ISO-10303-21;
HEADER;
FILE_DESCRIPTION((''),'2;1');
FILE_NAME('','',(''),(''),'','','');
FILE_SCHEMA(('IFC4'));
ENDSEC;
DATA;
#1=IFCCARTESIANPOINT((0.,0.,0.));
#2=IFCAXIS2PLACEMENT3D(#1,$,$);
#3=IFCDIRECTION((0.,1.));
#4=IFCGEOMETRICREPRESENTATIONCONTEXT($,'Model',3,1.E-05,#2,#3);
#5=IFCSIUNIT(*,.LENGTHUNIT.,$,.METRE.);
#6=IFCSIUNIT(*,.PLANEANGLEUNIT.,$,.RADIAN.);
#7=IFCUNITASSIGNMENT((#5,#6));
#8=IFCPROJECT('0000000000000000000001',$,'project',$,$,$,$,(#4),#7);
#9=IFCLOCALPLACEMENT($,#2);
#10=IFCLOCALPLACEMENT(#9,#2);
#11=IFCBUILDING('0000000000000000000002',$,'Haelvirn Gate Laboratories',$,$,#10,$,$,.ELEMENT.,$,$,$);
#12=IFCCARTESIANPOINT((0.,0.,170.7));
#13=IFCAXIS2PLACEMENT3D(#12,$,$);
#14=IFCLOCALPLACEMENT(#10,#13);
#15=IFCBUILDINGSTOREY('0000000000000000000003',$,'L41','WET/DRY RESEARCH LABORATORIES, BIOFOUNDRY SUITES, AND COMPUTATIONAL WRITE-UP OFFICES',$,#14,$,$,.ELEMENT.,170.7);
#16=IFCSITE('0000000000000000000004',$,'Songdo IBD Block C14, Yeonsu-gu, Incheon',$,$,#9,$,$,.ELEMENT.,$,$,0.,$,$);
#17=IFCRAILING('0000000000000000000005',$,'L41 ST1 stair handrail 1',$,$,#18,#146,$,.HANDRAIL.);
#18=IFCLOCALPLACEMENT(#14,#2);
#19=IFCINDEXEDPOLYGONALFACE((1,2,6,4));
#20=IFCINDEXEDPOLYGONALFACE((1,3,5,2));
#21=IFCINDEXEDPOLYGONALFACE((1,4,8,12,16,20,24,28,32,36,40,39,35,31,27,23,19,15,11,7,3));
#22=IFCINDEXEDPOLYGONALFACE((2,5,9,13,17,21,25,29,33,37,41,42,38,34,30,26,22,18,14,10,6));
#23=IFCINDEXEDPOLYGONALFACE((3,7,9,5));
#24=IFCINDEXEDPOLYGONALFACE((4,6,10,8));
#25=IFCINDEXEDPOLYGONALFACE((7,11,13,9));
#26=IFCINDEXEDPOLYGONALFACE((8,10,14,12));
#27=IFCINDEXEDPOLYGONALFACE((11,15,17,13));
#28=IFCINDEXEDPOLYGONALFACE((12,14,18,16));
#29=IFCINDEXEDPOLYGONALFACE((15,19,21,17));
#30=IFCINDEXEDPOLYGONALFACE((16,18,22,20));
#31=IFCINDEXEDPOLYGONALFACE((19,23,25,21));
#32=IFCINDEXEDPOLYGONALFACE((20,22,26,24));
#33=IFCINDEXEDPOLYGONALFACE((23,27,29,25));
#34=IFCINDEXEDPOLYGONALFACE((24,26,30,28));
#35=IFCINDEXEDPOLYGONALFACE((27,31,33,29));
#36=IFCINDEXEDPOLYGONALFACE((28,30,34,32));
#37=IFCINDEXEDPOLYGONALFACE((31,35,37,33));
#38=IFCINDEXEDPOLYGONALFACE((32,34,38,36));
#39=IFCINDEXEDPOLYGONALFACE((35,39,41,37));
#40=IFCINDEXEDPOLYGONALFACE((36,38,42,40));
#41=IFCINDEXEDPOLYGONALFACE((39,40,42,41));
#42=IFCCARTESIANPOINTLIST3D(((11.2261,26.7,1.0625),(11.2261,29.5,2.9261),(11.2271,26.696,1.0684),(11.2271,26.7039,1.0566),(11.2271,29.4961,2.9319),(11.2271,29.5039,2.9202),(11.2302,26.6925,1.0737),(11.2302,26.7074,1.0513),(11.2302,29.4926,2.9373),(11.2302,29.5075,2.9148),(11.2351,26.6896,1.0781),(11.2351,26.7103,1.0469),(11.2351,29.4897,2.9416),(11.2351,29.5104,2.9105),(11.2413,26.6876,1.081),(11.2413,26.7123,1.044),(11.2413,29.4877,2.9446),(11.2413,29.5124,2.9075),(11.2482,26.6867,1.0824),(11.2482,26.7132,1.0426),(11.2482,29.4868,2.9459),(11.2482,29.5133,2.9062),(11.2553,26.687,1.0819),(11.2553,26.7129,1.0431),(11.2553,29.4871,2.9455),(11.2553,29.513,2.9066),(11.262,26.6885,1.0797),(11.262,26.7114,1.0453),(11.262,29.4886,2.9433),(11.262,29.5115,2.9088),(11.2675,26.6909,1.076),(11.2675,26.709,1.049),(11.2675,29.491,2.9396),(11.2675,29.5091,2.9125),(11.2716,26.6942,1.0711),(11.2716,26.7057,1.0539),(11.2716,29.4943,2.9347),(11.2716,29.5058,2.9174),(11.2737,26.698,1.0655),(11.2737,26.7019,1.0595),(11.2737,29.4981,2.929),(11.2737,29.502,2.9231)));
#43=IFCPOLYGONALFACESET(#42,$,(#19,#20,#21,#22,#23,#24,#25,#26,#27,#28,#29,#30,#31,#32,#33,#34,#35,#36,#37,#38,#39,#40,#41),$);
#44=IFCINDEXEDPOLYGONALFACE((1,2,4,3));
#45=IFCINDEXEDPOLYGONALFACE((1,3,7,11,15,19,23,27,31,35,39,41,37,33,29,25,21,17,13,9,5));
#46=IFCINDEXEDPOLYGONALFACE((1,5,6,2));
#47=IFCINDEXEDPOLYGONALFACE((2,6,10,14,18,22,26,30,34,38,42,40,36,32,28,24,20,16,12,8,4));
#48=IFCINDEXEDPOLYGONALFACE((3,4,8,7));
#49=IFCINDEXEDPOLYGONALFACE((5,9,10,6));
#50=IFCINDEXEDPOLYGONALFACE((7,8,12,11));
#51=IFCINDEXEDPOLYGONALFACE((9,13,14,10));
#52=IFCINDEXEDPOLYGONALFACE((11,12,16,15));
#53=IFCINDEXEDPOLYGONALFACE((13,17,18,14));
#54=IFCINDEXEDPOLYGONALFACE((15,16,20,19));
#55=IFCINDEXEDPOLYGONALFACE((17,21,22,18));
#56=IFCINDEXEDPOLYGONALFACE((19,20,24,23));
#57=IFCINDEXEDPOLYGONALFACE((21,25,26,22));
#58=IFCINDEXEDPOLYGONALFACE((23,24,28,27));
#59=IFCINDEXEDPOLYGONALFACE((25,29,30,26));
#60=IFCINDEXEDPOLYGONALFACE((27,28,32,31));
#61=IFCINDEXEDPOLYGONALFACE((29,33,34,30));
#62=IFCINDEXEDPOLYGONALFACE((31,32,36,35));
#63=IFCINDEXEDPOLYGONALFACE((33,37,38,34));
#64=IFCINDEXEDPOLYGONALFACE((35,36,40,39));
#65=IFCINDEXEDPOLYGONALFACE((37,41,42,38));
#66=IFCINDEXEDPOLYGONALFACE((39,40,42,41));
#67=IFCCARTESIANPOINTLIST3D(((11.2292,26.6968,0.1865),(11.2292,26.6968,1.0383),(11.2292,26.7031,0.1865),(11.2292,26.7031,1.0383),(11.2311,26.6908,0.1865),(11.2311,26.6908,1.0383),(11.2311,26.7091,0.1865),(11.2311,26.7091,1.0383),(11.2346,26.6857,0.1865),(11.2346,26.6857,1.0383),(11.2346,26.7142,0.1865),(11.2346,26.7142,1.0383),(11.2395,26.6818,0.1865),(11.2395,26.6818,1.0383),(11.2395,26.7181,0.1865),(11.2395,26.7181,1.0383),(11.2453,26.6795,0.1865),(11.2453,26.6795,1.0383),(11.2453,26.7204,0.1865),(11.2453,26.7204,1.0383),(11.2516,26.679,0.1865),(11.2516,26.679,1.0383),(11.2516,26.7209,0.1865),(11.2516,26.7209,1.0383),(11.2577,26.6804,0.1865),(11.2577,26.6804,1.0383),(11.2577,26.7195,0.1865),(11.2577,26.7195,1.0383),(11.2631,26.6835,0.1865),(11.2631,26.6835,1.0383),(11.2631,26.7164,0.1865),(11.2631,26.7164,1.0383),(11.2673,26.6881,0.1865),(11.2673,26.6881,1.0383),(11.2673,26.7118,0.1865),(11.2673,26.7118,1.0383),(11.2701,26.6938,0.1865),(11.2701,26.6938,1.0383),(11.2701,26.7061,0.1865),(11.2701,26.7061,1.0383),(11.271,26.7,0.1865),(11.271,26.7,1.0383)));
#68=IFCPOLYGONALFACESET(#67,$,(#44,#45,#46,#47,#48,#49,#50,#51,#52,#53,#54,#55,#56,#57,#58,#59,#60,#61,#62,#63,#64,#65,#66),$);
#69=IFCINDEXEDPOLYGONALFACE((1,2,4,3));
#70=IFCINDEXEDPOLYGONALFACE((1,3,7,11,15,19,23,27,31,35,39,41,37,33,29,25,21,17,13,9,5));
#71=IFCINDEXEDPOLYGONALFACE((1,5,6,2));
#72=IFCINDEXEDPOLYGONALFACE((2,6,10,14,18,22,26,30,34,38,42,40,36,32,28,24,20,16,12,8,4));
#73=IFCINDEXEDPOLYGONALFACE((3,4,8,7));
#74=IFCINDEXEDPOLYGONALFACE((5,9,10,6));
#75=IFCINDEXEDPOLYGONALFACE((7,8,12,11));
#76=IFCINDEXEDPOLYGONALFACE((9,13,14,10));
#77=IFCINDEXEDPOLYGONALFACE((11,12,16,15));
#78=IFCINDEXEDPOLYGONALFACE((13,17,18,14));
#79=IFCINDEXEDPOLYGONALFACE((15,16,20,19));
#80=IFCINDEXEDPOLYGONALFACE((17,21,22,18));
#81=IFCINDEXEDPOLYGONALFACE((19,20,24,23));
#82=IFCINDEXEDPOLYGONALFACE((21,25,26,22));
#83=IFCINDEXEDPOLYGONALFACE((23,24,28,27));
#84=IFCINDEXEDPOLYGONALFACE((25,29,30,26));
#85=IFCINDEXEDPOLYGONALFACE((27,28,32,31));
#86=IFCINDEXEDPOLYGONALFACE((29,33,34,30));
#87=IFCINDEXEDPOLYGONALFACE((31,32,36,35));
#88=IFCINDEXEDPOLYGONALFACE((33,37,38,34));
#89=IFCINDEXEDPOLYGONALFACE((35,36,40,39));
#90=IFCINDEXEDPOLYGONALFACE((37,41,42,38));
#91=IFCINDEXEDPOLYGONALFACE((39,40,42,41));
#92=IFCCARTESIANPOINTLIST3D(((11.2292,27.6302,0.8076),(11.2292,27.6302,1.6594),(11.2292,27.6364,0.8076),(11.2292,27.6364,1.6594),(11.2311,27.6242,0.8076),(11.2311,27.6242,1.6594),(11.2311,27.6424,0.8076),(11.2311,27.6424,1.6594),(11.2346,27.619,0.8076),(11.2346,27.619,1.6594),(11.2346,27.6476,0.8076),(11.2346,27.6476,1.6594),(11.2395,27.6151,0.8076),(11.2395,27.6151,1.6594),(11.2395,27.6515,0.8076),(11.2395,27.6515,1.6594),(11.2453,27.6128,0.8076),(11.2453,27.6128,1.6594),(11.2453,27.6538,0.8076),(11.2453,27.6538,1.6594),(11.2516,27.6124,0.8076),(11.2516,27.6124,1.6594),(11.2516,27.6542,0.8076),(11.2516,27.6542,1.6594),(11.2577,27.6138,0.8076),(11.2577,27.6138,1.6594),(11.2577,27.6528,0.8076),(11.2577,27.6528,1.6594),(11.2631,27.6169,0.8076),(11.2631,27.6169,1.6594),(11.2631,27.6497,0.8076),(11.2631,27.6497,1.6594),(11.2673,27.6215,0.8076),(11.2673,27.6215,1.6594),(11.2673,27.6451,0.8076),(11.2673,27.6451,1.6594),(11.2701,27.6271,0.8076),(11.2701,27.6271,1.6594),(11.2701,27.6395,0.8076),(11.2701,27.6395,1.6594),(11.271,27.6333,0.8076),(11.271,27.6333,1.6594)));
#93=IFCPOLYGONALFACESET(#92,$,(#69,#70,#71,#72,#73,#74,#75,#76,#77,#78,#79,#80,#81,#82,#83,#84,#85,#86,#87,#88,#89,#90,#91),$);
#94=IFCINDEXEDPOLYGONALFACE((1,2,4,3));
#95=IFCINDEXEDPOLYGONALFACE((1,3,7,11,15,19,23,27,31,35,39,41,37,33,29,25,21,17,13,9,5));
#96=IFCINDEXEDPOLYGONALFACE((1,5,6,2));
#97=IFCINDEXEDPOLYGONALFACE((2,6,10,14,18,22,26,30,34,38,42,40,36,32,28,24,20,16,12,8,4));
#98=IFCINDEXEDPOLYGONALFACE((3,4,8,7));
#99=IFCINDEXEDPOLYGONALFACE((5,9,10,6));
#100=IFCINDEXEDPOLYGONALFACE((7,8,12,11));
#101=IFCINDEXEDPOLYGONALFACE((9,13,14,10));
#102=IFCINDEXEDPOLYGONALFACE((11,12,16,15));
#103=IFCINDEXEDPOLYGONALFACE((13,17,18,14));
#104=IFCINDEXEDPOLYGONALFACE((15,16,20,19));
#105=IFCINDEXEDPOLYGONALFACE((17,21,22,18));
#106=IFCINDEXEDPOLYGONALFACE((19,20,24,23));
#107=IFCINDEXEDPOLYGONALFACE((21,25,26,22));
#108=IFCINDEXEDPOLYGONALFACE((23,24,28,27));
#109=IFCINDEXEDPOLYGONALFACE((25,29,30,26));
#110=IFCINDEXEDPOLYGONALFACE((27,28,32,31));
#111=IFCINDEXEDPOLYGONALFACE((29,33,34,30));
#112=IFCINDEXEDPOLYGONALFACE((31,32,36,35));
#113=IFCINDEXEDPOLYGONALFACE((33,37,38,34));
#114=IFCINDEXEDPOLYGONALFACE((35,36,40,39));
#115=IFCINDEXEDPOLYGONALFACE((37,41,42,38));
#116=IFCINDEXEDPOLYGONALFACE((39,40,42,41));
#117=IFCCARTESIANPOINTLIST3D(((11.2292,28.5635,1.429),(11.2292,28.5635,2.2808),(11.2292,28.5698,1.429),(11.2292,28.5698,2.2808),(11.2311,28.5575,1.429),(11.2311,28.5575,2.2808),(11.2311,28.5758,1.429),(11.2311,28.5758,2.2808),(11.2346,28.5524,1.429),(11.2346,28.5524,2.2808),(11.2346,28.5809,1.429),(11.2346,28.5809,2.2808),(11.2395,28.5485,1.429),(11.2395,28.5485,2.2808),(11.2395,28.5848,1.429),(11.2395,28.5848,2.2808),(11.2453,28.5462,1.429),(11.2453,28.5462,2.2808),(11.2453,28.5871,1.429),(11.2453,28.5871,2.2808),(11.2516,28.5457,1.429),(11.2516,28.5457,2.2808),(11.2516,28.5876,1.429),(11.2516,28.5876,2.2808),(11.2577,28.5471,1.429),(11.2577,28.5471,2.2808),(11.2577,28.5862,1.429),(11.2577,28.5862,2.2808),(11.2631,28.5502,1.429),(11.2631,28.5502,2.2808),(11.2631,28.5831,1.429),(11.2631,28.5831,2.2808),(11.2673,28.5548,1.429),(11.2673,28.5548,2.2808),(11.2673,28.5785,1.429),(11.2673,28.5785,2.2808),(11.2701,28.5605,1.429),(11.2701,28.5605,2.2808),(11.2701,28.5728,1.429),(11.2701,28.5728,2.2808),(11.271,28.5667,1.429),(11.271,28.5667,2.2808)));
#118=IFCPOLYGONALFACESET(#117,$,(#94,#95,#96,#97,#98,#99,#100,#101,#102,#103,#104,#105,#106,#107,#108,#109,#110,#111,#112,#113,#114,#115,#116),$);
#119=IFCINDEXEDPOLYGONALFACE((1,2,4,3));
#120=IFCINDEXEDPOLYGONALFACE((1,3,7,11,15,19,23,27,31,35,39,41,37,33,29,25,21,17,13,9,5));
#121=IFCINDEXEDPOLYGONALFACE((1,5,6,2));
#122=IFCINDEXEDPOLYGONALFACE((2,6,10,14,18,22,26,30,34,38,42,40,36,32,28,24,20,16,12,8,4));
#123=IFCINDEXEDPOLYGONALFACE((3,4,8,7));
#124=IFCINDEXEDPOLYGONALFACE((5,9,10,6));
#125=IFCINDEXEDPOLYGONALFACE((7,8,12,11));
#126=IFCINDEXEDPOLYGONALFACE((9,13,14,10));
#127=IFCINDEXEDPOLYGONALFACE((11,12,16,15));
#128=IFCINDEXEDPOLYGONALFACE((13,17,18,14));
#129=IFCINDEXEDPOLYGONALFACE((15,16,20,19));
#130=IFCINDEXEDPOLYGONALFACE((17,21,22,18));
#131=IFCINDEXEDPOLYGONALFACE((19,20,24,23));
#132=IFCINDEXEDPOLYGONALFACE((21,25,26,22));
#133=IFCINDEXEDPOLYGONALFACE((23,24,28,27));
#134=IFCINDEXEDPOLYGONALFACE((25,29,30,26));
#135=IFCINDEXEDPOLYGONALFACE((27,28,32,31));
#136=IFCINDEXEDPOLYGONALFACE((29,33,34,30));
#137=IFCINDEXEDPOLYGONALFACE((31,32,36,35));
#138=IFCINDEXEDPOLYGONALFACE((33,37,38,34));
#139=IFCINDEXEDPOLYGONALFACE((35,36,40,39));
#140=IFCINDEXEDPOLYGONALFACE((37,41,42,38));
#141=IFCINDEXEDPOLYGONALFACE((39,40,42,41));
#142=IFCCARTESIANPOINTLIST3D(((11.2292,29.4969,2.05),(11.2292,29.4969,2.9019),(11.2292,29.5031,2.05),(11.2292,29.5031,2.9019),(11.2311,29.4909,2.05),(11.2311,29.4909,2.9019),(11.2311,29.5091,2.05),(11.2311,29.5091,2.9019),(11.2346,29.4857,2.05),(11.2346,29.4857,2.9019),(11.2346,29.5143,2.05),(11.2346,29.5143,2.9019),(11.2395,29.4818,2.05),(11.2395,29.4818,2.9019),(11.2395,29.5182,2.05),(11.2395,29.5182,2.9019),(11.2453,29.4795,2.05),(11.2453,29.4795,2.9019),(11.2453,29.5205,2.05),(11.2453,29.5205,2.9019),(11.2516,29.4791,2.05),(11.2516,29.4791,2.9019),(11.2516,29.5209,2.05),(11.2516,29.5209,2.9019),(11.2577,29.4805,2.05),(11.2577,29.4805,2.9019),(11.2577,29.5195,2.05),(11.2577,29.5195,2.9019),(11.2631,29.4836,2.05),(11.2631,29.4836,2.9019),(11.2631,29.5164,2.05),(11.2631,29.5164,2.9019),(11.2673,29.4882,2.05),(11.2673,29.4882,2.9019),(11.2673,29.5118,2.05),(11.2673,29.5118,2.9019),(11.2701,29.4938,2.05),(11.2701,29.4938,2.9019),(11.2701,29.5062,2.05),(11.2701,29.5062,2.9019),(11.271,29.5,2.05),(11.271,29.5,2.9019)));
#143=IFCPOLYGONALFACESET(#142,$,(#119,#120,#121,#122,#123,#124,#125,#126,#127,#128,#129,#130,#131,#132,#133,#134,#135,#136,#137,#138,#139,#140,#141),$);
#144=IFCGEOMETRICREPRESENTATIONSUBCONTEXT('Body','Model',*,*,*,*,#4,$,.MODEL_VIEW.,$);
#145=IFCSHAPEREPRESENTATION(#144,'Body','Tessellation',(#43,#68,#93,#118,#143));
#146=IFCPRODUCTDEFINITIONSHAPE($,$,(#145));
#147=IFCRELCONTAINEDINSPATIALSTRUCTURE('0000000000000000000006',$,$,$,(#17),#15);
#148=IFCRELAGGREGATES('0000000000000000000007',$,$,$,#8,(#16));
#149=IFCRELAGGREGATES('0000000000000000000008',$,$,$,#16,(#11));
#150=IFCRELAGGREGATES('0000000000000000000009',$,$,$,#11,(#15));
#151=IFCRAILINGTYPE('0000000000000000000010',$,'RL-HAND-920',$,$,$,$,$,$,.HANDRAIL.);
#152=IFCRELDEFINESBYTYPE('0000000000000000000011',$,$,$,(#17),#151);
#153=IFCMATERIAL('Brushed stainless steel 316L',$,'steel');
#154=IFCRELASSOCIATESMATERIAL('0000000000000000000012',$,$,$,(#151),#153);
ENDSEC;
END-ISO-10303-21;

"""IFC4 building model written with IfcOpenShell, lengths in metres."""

from ifc_helpers import new_model, si_unit, direction, frame, origin, origin_2d, place, context, subcontext, project, spatial, circle, extrude, source, transform, mapped, material, type_object, element, save


model = new_model("IFC4")

# Units and contexts
model_context = context("Model", 3, precision=1e-05, world=origin(), true_north=direction((0.0, 1.0)))
body_context = subcontext(model_context, "Body", "Model", "MODEL_VIEW")
ifc_project = project(units=[si_unit("LENGTHUNIT", "METRE"), si_unit("PLANEANGLEUNIT", "RADIAN")], contexts=[model_context])

# Site, building, storey
site_placement = place(None, origin())
site = spatial("IfcSite", under=ifc_project, at=site_placement, Name="Songdo IBD Block C14, Yeonsu-gu, Incheon", CompositionType="ELEMENT", RefElevation=0.0)
building_placement = place(site_placement, origin())
building = spatial("IfcBuilding", under=site, at=building_placement, Name="Haelvirn Gate Laboratories", CompositionType="ELEMENT")
storey_placement = place(building_placement, frame((0.0, 0.0, 170.7)))
storey = spatial("IfcBuildingStorey", under=building, at=storey_placement, Name="L41", Description="WET/DRY RESEARCH LABORATORIES, BIOFOUNDRY SUITES, AND COMPUTATIONAL WRITE-UP OFFICES", CompositionType="ELEMENT", Elevation=170.7)

# Railing
ifc_material_1 = material(Name="Brushed stainless steel 316L", Category="steel")
railing_type_1 = type_object("IfcRailingType", Name="RL-HAND-920", PredefinedType="HANDRAIL", material=ifc_material_1)
shared_shape_1 = source(origin(), body_context, "Body", "SweptSolid", [
    extrude(circle(Radius=0.0239, at=origin_2d()), frame((0.0, 0.0, 0.876), z_axis=(0.0, 0.832486, 0.554047), x_axis=(-1.0, 0.0, 0.0)), (0.0, 0.0, 1.0), 3.3635),
    extrude(circle(Radius=0.021, at=origin_2d()), origin(), (0.0, 0.0, 1.0), 0.8518),
    extrude(circle(Radius=0.021, at=origin_2d()), frame((0.0, 0.9333, 0.6211)), (0.0, 0.0, 1.0), 0.8518),
    extrude(circle(Radius=0.021, at=origin_2d()), frame((0.0, 1.8667, 1.2424)), (0.0, 0.0, 1.0), 0.8518),
    extrude(circle(Radius=0.021, at=origin_2d()), frame((0.0, 2.8, 1.8635)), (0.0, 0.0, 1.0), 0.8518),
])
railing_1_placement = place(storey_placement, frame((11.25, 26.7, 0.1865)))
element("IfcRailing", 1, at=railing_1_placement, inside=storey, type_object=railing_type_1, Name="L41 ST1 stair handrail 1", PredefinedType="HANDRAIL", context=body_context, shape_type="MappedRepresentation", body=[
    mapped(shared_shape_1, transform((0.0, 0.0, 0.0), scale=1.0)),
])

save(model, "model.ifc")
